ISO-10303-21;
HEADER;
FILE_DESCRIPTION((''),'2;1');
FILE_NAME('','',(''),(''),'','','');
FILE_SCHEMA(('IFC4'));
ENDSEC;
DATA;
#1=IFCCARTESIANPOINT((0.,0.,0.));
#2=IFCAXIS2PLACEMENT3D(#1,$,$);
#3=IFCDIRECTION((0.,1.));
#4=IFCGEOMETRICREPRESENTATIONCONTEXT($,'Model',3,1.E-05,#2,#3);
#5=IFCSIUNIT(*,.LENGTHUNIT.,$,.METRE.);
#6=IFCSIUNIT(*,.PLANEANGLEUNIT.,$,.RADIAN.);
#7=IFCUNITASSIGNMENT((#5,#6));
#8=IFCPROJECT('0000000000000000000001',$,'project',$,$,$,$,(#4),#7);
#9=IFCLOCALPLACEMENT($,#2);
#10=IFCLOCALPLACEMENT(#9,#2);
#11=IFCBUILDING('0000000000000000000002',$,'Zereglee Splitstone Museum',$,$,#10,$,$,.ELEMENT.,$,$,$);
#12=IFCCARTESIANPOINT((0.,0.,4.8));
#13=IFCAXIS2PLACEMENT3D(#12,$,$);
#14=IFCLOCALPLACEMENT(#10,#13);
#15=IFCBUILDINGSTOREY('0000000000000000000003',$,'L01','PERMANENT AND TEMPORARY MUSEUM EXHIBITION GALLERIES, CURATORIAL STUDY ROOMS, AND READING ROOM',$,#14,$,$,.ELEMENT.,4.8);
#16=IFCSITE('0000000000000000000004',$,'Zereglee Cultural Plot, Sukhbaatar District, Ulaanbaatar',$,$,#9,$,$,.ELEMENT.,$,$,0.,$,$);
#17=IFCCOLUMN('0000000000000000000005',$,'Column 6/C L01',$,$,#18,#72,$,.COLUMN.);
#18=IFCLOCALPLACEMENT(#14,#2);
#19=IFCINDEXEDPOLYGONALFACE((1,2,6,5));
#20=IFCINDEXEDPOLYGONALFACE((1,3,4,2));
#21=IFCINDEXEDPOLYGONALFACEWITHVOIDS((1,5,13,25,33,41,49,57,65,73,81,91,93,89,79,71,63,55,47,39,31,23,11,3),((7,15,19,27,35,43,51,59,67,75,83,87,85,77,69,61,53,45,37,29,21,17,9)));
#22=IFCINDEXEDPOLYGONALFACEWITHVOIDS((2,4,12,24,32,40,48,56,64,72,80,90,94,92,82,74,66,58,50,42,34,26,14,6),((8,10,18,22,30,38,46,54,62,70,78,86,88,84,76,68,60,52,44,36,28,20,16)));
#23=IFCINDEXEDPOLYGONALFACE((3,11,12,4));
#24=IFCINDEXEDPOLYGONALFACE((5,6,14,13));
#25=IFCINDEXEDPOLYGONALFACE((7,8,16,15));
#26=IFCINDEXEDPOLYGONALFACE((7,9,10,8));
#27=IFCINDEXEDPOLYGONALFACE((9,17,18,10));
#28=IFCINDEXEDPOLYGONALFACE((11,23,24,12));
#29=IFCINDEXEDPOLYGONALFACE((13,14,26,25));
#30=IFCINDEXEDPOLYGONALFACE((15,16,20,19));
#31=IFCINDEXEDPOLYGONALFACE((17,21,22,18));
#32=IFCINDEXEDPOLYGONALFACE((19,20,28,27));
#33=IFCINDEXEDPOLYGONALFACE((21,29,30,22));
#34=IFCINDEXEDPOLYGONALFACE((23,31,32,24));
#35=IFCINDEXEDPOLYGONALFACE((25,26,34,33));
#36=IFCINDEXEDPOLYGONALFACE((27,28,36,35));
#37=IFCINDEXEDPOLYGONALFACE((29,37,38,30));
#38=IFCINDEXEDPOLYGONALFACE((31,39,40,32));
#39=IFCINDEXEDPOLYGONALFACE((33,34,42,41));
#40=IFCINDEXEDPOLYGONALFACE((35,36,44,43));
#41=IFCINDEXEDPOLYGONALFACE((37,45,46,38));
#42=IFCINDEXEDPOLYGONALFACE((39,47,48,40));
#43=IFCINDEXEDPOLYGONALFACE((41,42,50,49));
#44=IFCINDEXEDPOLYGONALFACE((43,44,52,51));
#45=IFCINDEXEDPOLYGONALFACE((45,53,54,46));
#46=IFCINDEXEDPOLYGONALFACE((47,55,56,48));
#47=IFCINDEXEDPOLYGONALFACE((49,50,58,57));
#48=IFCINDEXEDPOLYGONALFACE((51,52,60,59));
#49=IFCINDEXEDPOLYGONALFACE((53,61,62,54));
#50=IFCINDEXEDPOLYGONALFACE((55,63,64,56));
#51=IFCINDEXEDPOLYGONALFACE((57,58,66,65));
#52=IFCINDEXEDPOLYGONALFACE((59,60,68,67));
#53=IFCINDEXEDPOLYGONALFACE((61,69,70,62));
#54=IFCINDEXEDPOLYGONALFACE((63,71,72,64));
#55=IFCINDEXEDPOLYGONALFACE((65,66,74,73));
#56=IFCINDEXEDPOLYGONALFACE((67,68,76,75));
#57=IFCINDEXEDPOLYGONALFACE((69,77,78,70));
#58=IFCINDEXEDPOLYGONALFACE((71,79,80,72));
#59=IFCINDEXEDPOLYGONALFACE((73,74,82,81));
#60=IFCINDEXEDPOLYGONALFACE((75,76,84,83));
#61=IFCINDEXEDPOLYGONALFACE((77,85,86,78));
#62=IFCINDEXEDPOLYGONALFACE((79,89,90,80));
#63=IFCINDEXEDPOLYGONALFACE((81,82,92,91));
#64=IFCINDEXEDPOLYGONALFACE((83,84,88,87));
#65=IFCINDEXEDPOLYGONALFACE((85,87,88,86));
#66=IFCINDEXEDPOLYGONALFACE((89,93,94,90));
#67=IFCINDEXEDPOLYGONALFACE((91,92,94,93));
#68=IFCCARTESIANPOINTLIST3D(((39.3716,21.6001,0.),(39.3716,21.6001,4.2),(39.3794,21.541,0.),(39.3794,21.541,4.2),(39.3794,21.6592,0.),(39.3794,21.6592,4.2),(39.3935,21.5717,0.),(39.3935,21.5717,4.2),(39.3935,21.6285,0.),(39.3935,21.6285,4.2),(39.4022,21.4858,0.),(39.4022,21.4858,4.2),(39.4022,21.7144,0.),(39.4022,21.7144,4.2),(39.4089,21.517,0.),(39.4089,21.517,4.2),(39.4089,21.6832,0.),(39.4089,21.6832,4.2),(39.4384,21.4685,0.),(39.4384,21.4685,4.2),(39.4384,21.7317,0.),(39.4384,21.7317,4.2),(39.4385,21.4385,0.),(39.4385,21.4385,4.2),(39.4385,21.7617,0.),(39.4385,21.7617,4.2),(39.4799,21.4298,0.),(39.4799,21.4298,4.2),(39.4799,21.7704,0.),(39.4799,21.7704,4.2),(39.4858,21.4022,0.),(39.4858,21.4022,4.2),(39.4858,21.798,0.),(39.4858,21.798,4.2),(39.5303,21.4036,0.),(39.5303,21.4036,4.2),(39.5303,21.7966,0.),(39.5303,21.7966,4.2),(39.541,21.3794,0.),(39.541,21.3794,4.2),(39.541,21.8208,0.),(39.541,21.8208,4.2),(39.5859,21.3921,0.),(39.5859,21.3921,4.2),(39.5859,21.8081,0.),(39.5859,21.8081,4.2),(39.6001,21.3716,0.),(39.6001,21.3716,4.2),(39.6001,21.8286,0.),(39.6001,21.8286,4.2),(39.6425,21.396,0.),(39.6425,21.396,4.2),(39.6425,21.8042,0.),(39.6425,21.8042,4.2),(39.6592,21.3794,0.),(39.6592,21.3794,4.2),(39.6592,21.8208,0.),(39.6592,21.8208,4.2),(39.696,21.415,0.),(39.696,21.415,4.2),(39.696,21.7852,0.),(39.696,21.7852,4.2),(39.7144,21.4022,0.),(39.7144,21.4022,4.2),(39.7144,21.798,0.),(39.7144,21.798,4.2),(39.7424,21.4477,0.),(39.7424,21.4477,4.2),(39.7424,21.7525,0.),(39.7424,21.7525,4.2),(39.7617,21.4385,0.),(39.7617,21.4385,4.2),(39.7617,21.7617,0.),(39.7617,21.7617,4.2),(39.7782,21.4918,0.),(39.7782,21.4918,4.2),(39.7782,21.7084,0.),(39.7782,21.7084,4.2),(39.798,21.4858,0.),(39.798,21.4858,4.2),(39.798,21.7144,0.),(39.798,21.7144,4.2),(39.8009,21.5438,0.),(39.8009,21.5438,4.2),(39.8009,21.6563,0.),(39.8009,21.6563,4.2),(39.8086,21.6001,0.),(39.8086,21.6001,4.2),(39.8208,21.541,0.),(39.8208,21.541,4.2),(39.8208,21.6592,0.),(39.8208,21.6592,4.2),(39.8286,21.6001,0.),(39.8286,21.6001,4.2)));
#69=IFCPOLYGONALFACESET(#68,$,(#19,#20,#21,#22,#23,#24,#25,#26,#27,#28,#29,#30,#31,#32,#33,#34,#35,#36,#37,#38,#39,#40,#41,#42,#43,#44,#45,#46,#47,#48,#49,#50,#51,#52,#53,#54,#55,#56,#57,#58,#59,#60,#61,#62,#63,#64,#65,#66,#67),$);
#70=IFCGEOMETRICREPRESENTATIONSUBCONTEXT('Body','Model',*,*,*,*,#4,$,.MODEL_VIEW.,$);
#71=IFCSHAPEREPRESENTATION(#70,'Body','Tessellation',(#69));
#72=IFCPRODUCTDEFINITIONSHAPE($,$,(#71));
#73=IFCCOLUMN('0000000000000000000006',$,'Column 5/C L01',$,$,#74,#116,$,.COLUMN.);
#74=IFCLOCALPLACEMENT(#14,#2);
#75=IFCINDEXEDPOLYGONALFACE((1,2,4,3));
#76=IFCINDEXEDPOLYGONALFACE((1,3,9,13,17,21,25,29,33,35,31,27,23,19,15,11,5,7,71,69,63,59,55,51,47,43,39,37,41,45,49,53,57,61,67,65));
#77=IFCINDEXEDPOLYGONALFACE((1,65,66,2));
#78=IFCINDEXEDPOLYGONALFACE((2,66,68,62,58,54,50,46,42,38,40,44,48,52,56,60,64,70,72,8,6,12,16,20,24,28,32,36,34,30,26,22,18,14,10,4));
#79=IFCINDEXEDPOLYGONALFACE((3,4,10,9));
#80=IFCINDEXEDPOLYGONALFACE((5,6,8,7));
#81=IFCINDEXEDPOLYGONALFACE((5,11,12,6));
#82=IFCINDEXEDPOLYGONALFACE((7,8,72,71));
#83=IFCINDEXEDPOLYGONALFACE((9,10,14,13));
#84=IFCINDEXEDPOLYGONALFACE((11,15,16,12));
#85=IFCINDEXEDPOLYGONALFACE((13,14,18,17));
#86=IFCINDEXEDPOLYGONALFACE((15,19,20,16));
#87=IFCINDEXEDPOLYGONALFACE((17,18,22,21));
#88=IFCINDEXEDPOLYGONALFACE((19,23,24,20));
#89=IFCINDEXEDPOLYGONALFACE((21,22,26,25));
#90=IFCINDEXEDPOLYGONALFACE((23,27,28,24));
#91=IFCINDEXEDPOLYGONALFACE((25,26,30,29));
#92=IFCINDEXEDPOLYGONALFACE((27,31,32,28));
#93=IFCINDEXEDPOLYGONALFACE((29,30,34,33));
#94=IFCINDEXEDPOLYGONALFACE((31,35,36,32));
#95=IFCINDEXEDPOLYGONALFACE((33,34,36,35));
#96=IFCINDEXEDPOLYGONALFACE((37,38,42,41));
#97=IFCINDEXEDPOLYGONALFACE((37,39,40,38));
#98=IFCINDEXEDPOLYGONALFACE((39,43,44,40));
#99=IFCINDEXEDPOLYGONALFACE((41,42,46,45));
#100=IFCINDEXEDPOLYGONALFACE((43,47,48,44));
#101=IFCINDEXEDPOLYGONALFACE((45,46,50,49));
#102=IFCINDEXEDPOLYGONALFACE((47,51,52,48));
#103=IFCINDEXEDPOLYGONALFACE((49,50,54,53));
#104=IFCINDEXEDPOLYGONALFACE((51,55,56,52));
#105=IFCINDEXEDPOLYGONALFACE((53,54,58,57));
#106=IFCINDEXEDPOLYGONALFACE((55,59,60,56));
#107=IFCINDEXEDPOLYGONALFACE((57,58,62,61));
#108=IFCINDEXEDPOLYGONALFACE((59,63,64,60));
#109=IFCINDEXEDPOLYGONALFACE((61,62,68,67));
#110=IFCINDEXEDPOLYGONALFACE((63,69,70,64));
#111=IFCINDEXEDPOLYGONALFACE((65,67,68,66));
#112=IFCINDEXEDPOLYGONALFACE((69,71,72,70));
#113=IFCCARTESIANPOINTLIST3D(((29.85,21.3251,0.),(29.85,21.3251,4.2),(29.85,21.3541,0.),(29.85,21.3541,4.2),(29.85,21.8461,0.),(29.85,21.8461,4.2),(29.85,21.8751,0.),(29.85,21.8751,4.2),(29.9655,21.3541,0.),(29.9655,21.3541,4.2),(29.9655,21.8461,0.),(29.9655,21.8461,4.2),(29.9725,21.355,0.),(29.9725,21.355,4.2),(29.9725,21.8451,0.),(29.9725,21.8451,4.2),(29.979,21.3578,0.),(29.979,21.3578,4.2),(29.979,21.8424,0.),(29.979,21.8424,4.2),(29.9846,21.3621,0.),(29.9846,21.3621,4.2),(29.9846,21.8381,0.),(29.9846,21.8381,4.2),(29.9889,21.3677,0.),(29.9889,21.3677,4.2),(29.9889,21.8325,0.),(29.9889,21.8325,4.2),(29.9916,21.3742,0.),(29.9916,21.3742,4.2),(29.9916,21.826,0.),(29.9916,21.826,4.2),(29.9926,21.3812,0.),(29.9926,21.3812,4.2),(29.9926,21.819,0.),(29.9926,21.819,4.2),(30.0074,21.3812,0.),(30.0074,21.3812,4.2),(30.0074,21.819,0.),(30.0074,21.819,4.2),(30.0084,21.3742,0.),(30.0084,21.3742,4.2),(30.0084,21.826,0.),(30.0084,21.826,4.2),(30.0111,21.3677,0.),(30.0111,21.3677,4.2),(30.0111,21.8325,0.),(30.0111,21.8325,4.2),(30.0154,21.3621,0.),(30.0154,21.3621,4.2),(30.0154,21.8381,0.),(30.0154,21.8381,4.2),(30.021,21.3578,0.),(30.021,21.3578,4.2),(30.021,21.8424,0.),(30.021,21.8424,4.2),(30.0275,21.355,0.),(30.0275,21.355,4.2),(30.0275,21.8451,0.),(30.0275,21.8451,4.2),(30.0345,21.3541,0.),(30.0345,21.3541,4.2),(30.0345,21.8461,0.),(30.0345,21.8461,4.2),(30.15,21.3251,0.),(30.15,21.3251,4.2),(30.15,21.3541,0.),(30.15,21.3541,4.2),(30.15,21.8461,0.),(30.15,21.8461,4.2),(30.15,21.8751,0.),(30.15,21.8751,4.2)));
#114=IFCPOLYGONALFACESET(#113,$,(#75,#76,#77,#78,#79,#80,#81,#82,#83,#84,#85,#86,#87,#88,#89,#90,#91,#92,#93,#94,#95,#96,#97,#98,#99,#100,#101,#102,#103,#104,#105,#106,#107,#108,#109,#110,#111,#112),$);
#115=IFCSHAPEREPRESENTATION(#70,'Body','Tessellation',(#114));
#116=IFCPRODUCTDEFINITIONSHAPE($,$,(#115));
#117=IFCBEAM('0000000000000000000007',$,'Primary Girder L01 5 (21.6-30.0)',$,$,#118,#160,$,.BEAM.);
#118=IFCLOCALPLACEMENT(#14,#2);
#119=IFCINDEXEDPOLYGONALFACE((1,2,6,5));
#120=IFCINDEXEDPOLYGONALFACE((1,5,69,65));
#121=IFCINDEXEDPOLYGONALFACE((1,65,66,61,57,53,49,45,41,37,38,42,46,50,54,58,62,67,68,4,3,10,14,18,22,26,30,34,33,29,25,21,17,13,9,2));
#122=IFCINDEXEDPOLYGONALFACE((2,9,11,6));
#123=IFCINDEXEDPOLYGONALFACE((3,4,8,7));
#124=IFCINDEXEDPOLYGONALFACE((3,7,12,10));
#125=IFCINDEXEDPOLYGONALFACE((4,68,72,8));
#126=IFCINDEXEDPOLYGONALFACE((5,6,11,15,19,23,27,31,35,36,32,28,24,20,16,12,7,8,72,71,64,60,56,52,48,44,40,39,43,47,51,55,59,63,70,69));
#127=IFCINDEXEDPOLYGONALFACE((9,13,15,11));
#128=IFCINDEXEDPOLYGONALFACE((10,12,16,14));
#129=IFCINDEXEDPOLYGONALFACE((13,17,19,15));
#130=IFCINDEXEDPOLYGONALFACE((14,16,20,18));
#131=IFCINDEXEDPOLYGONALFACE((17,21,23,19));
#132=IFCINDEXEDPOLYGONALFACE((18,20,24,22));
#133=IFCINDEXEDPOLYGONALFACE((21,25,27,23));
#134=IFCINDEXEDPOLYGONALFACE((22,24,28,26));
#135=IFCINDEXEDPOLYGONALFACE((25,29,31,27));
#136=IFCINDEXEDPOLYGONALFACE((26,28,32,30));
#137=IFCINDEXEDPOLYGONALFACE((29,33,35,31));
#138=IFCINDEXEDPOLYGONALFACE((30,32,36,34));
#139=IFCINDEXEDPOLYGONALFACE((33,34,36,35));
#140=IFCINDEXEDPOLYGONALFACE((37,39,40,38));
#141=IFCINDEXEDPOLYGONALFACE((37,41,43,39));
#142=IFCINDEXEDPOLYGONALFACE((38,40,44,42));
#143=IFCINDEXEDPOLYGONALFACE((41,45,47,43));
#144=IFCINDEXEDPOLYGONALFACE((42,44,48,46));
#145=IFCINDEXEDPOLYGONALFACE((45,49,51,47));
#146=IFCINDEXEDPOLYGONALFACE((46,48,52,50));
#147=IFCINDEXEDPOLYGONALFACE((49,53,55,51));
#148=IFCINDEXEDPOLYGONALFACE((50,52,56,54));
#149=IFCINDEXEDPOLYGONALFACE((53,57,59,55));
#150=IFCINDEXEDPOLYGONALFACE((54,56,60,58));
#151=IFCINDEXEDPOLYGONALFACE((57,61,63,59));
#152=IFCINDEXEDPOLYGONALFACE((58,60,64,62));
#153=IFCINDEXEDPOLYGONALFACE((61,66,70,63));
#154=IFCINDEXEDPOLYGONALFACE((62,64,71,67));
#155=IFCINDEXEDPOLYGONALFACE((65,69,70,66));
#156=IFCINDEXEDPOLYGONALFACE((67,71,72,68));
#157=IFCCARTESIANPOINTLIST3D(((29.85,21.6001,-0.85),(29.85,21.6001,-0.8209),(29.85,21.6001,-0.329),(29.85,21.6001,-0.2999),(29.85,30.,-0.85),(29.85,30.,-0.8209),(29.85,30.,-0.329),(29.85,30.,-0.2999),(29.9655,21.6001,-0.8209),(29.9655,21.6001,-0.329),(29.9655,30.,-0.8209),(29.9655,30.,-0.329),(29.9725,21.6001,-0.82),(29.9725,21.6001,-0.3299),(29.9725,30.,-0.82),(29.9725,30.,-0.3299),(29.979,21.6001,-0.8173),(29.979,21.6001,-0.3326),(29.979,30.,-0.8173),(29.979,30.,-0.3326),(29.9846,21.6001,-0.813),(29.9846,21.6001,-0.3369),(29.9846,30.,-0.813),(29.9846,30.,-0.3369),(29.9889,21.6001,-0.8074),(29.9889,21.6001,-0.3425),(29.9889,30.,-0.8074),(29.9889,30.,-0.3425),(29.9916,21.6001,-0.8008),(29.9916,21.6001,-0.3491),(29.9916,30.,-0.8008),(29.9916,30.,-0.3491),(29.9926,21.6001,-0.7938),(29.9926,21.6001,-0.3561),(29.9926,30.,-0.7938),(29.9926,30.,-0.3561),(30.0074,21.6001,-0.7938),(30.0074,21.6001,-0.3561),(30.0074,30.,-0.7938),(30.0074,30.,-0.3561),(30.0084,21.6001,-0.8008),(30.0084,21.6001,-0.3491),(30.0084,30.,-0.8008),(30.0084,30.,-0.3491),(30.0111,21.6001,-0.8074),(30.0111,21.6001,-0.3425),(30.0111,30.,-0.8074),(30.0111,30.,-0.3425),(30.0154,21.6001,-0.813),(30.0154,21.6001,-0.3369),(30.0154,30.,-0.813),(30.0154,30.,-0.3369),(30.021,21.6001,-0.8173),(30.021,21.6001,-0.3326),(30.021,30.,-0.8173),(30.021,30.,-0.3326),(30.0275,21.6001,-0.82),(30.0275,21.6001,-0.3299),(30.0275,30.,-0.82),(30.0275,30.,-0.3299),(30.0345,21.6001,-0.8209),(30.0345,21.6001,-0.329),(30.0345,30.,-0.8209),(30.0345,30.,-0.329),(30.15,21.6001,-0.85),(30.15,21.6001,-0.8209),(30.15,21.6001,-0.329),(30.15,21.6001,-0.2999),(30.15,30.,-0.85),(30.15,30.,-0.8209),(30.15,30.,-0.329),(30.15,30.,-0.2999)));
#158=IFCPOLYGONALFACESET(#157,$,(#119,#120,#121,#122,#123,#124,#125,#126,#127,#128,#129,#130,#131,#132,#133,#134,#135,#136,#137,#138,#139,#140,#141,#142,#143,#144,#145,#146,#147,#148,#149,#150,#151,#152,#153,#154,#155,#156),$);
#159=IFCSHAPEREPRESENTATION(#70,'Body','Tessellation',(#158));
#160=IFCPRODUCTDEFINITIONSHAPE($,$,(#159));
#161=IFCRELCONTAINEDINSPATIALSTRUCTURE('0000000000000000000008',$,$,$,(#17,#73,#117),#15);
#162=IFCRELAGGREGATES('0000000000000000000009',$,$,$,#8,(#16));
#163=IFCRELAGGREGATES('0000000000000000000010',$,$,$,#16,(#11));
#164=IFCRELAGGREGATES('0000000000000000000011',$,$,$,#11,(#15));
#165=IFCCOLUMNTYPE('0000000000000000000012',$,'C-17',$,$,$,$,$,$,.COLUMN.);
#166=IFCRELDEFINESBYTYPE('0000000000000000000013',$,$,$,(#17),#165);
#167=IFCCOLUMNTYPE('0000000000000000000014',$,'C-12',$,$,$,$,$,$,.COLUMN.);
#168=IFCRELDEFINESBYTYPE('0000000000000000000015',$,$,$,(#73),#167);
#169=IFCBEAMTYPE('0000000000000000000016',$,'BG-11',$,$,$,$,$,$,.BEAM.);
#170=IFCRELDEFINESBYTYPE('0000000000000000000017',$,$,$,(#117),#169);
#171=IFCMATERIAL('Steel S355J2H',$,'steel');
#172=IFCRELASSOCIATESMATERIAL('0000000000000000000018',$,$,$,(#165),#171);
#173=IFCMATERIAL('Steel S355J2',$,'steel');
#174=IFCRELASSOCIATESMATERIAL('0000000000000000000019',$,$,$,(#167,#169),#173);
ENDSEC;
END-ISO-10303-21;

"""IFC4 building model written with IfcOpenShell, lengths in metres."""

from ifc_helpers import new_model, si_unit, direction, frame, origin, origin_2d, place, context, subcontext, project, spatial, hollow_circle, i_section, extrude, material, material_profile, profile_set, type_object, element, save


model = new_model("IFC4")

# Units and contexts
model_context = context("Model", 3, precision=1e-05, world=origin(), true_north=direction((0.0, 1.0)))
body_context = subcontext(model_context, "Body", "Model", "MODEL_VIEW")
ifc_project = project(units=[si_unit("LENGTHUNIT", "METRE"), si_unit("PLANEANGLEUNIT", "RADIAN")], contexts=[model_context])

# Site, building, storey
site_placement = place(None, origin())
site = spatial("IfcSite", under=ifc_project, at=site_placement, Name="Zereglee Cultural Plot, Sukhbaatar District, Ulaanbaatar", CompositionType="ELEMENT", RefElevation=0.0)
building_placement = place(site_placement, origin())
building = spatial("IfcBuilding", under=site, at=building_placement, Name="Zereglee Splitstone Museum", CompositionType="ELEMENT")
storey_placement = place(building_placement, frame((0.0, 0.0, 4.8)))
storey = spatial("IfcBuildingStorey", under=building, at=storey_placement, Name="L01", Description="PERMANENT AND TEMPORARY MUSEUM EXHIBITION GALLERIES, CURATORIAL STUDY ROOMS, AND READING ROOM", CompositionType="ELEMENT", Elevation=4.8)

# Columns
ifc_material_1 = material(Name="Steel S355J2H", Category="steel")
ifc_material_profile_1 = material_profile(ifc_material_1, hollow_circle(Radius=0.2285, WallThickness=0.02, at=origin_2d()), Name="CHS 457.0x20")
ifc_profile_set_1 = profile_set([ifc_material_profile_1], Name="Steel S355J2H")
column_type_1 = type_object("IfcColumnType", Name="C-17", PredefinedType="COLUMN", material=ifc_profile_set_1)
column_1_placement = place(storey_placement, frame((39.6001, 21.6001, 0.0), z_axis=(0.0, 0.0, 1.0), x_axis=(1.0, 0.0, 0.0)))
element("IfcColumn", 1, at=column_1_placement, inside=storey, type_object=column_type_1, Name="Column 6/C L01", PredefinedType="COLUMN", context=body_context, shape_type="SweptSolid", body=[
    extrude(hollow_circle(Radius=0.2285, WallThickness=0.02, at=origin_2d()), origin(), (0.0, 0.0, 1.0), 4.2),
])
ifc_material_2 = material(Name="Steel S355J2", Category="steel")
ifc_material_profile_2 = material_profile(ifc_material_2, i_section(OverallWidth=0.3, OverallDepth=0.55, WebThickness=0.0149, FlangeThickness=0.0291, FilletRadius=0.0271, at=origin_2d()), Name="HE 550 B")
ifc_profile_set_2 = profile_set([ifc_material_profile_2], Name="Steel S355J2")
column_type_2 = type_object("IfcColumnType", Name="C-12", PredefinedType="COLUMN", material=ifc_profile_set_2)
column_2_placement = place(storey_placement, frame((30.0, 21.6001, 0.0), z_axis=(0.0, 0.0, 1.0), x_axis=(1.0, 0.0, 0.0)))
element("IfcColumn", 2, at=column_2_placement, inside=storey, type_object=column_type_2, Name="Column 5/C L01", PredefinedType="COLUMN", context=body_context, shape_type="SweptSolid", body=[
    extrude(i_section(OverallWidth=0.3, OverallDepth=0.55, WebThickness=0.0149, FlangeThickness=0.0291, FilletRadius=0.0271, at=origin_2d()), origin(), (0.0, 0.0, 1.0), 4.2),
])

# Beam
ifc_material_profile_3 = material_profile(ifc_material_2, i_section(OverallWidth=0.3, OverallDepth=0.55, WebThickness=0.0149, FlangeThickness=0.0291, FilletRadius=0.0271, at=origin_2d()), Name="HE 550 B")
ifc_profile_set_3 = profile_set([ifc_material_profile_3], Name="Steel S355J2")
beam_type_1 = type_object("IfcBeamType", Name="BG-11", PredefinedType="BEAM", material=ifc_profile_set_3)
beam_1_placement = place(storey_placement, frame((30.0, 21.6001, -0.575), z_axis=(0.0, 1.0, 0.0), x_axis=(-1.0, 0.0, 0.0)))
element("IfcBeam", 3, at=beam_1_placement, inside=storey, type_object=beam_type_1, Name="Primary Girder L01 5 (21.6-30.0)", PredefinedType="BEAM", context=body_context, shape_type="SweptSolid", body=[
    extrude(i_section(OverallWidth=0.3, OverallDepth=0.55, WebThickness=0.0149, FlangeThickness=0.0291, FilletRadius=0.0271, at=origin_2d()), origin(), (0.0, 0.0, 1.0), 8.3999),
])

save(model, "model.ifc")
